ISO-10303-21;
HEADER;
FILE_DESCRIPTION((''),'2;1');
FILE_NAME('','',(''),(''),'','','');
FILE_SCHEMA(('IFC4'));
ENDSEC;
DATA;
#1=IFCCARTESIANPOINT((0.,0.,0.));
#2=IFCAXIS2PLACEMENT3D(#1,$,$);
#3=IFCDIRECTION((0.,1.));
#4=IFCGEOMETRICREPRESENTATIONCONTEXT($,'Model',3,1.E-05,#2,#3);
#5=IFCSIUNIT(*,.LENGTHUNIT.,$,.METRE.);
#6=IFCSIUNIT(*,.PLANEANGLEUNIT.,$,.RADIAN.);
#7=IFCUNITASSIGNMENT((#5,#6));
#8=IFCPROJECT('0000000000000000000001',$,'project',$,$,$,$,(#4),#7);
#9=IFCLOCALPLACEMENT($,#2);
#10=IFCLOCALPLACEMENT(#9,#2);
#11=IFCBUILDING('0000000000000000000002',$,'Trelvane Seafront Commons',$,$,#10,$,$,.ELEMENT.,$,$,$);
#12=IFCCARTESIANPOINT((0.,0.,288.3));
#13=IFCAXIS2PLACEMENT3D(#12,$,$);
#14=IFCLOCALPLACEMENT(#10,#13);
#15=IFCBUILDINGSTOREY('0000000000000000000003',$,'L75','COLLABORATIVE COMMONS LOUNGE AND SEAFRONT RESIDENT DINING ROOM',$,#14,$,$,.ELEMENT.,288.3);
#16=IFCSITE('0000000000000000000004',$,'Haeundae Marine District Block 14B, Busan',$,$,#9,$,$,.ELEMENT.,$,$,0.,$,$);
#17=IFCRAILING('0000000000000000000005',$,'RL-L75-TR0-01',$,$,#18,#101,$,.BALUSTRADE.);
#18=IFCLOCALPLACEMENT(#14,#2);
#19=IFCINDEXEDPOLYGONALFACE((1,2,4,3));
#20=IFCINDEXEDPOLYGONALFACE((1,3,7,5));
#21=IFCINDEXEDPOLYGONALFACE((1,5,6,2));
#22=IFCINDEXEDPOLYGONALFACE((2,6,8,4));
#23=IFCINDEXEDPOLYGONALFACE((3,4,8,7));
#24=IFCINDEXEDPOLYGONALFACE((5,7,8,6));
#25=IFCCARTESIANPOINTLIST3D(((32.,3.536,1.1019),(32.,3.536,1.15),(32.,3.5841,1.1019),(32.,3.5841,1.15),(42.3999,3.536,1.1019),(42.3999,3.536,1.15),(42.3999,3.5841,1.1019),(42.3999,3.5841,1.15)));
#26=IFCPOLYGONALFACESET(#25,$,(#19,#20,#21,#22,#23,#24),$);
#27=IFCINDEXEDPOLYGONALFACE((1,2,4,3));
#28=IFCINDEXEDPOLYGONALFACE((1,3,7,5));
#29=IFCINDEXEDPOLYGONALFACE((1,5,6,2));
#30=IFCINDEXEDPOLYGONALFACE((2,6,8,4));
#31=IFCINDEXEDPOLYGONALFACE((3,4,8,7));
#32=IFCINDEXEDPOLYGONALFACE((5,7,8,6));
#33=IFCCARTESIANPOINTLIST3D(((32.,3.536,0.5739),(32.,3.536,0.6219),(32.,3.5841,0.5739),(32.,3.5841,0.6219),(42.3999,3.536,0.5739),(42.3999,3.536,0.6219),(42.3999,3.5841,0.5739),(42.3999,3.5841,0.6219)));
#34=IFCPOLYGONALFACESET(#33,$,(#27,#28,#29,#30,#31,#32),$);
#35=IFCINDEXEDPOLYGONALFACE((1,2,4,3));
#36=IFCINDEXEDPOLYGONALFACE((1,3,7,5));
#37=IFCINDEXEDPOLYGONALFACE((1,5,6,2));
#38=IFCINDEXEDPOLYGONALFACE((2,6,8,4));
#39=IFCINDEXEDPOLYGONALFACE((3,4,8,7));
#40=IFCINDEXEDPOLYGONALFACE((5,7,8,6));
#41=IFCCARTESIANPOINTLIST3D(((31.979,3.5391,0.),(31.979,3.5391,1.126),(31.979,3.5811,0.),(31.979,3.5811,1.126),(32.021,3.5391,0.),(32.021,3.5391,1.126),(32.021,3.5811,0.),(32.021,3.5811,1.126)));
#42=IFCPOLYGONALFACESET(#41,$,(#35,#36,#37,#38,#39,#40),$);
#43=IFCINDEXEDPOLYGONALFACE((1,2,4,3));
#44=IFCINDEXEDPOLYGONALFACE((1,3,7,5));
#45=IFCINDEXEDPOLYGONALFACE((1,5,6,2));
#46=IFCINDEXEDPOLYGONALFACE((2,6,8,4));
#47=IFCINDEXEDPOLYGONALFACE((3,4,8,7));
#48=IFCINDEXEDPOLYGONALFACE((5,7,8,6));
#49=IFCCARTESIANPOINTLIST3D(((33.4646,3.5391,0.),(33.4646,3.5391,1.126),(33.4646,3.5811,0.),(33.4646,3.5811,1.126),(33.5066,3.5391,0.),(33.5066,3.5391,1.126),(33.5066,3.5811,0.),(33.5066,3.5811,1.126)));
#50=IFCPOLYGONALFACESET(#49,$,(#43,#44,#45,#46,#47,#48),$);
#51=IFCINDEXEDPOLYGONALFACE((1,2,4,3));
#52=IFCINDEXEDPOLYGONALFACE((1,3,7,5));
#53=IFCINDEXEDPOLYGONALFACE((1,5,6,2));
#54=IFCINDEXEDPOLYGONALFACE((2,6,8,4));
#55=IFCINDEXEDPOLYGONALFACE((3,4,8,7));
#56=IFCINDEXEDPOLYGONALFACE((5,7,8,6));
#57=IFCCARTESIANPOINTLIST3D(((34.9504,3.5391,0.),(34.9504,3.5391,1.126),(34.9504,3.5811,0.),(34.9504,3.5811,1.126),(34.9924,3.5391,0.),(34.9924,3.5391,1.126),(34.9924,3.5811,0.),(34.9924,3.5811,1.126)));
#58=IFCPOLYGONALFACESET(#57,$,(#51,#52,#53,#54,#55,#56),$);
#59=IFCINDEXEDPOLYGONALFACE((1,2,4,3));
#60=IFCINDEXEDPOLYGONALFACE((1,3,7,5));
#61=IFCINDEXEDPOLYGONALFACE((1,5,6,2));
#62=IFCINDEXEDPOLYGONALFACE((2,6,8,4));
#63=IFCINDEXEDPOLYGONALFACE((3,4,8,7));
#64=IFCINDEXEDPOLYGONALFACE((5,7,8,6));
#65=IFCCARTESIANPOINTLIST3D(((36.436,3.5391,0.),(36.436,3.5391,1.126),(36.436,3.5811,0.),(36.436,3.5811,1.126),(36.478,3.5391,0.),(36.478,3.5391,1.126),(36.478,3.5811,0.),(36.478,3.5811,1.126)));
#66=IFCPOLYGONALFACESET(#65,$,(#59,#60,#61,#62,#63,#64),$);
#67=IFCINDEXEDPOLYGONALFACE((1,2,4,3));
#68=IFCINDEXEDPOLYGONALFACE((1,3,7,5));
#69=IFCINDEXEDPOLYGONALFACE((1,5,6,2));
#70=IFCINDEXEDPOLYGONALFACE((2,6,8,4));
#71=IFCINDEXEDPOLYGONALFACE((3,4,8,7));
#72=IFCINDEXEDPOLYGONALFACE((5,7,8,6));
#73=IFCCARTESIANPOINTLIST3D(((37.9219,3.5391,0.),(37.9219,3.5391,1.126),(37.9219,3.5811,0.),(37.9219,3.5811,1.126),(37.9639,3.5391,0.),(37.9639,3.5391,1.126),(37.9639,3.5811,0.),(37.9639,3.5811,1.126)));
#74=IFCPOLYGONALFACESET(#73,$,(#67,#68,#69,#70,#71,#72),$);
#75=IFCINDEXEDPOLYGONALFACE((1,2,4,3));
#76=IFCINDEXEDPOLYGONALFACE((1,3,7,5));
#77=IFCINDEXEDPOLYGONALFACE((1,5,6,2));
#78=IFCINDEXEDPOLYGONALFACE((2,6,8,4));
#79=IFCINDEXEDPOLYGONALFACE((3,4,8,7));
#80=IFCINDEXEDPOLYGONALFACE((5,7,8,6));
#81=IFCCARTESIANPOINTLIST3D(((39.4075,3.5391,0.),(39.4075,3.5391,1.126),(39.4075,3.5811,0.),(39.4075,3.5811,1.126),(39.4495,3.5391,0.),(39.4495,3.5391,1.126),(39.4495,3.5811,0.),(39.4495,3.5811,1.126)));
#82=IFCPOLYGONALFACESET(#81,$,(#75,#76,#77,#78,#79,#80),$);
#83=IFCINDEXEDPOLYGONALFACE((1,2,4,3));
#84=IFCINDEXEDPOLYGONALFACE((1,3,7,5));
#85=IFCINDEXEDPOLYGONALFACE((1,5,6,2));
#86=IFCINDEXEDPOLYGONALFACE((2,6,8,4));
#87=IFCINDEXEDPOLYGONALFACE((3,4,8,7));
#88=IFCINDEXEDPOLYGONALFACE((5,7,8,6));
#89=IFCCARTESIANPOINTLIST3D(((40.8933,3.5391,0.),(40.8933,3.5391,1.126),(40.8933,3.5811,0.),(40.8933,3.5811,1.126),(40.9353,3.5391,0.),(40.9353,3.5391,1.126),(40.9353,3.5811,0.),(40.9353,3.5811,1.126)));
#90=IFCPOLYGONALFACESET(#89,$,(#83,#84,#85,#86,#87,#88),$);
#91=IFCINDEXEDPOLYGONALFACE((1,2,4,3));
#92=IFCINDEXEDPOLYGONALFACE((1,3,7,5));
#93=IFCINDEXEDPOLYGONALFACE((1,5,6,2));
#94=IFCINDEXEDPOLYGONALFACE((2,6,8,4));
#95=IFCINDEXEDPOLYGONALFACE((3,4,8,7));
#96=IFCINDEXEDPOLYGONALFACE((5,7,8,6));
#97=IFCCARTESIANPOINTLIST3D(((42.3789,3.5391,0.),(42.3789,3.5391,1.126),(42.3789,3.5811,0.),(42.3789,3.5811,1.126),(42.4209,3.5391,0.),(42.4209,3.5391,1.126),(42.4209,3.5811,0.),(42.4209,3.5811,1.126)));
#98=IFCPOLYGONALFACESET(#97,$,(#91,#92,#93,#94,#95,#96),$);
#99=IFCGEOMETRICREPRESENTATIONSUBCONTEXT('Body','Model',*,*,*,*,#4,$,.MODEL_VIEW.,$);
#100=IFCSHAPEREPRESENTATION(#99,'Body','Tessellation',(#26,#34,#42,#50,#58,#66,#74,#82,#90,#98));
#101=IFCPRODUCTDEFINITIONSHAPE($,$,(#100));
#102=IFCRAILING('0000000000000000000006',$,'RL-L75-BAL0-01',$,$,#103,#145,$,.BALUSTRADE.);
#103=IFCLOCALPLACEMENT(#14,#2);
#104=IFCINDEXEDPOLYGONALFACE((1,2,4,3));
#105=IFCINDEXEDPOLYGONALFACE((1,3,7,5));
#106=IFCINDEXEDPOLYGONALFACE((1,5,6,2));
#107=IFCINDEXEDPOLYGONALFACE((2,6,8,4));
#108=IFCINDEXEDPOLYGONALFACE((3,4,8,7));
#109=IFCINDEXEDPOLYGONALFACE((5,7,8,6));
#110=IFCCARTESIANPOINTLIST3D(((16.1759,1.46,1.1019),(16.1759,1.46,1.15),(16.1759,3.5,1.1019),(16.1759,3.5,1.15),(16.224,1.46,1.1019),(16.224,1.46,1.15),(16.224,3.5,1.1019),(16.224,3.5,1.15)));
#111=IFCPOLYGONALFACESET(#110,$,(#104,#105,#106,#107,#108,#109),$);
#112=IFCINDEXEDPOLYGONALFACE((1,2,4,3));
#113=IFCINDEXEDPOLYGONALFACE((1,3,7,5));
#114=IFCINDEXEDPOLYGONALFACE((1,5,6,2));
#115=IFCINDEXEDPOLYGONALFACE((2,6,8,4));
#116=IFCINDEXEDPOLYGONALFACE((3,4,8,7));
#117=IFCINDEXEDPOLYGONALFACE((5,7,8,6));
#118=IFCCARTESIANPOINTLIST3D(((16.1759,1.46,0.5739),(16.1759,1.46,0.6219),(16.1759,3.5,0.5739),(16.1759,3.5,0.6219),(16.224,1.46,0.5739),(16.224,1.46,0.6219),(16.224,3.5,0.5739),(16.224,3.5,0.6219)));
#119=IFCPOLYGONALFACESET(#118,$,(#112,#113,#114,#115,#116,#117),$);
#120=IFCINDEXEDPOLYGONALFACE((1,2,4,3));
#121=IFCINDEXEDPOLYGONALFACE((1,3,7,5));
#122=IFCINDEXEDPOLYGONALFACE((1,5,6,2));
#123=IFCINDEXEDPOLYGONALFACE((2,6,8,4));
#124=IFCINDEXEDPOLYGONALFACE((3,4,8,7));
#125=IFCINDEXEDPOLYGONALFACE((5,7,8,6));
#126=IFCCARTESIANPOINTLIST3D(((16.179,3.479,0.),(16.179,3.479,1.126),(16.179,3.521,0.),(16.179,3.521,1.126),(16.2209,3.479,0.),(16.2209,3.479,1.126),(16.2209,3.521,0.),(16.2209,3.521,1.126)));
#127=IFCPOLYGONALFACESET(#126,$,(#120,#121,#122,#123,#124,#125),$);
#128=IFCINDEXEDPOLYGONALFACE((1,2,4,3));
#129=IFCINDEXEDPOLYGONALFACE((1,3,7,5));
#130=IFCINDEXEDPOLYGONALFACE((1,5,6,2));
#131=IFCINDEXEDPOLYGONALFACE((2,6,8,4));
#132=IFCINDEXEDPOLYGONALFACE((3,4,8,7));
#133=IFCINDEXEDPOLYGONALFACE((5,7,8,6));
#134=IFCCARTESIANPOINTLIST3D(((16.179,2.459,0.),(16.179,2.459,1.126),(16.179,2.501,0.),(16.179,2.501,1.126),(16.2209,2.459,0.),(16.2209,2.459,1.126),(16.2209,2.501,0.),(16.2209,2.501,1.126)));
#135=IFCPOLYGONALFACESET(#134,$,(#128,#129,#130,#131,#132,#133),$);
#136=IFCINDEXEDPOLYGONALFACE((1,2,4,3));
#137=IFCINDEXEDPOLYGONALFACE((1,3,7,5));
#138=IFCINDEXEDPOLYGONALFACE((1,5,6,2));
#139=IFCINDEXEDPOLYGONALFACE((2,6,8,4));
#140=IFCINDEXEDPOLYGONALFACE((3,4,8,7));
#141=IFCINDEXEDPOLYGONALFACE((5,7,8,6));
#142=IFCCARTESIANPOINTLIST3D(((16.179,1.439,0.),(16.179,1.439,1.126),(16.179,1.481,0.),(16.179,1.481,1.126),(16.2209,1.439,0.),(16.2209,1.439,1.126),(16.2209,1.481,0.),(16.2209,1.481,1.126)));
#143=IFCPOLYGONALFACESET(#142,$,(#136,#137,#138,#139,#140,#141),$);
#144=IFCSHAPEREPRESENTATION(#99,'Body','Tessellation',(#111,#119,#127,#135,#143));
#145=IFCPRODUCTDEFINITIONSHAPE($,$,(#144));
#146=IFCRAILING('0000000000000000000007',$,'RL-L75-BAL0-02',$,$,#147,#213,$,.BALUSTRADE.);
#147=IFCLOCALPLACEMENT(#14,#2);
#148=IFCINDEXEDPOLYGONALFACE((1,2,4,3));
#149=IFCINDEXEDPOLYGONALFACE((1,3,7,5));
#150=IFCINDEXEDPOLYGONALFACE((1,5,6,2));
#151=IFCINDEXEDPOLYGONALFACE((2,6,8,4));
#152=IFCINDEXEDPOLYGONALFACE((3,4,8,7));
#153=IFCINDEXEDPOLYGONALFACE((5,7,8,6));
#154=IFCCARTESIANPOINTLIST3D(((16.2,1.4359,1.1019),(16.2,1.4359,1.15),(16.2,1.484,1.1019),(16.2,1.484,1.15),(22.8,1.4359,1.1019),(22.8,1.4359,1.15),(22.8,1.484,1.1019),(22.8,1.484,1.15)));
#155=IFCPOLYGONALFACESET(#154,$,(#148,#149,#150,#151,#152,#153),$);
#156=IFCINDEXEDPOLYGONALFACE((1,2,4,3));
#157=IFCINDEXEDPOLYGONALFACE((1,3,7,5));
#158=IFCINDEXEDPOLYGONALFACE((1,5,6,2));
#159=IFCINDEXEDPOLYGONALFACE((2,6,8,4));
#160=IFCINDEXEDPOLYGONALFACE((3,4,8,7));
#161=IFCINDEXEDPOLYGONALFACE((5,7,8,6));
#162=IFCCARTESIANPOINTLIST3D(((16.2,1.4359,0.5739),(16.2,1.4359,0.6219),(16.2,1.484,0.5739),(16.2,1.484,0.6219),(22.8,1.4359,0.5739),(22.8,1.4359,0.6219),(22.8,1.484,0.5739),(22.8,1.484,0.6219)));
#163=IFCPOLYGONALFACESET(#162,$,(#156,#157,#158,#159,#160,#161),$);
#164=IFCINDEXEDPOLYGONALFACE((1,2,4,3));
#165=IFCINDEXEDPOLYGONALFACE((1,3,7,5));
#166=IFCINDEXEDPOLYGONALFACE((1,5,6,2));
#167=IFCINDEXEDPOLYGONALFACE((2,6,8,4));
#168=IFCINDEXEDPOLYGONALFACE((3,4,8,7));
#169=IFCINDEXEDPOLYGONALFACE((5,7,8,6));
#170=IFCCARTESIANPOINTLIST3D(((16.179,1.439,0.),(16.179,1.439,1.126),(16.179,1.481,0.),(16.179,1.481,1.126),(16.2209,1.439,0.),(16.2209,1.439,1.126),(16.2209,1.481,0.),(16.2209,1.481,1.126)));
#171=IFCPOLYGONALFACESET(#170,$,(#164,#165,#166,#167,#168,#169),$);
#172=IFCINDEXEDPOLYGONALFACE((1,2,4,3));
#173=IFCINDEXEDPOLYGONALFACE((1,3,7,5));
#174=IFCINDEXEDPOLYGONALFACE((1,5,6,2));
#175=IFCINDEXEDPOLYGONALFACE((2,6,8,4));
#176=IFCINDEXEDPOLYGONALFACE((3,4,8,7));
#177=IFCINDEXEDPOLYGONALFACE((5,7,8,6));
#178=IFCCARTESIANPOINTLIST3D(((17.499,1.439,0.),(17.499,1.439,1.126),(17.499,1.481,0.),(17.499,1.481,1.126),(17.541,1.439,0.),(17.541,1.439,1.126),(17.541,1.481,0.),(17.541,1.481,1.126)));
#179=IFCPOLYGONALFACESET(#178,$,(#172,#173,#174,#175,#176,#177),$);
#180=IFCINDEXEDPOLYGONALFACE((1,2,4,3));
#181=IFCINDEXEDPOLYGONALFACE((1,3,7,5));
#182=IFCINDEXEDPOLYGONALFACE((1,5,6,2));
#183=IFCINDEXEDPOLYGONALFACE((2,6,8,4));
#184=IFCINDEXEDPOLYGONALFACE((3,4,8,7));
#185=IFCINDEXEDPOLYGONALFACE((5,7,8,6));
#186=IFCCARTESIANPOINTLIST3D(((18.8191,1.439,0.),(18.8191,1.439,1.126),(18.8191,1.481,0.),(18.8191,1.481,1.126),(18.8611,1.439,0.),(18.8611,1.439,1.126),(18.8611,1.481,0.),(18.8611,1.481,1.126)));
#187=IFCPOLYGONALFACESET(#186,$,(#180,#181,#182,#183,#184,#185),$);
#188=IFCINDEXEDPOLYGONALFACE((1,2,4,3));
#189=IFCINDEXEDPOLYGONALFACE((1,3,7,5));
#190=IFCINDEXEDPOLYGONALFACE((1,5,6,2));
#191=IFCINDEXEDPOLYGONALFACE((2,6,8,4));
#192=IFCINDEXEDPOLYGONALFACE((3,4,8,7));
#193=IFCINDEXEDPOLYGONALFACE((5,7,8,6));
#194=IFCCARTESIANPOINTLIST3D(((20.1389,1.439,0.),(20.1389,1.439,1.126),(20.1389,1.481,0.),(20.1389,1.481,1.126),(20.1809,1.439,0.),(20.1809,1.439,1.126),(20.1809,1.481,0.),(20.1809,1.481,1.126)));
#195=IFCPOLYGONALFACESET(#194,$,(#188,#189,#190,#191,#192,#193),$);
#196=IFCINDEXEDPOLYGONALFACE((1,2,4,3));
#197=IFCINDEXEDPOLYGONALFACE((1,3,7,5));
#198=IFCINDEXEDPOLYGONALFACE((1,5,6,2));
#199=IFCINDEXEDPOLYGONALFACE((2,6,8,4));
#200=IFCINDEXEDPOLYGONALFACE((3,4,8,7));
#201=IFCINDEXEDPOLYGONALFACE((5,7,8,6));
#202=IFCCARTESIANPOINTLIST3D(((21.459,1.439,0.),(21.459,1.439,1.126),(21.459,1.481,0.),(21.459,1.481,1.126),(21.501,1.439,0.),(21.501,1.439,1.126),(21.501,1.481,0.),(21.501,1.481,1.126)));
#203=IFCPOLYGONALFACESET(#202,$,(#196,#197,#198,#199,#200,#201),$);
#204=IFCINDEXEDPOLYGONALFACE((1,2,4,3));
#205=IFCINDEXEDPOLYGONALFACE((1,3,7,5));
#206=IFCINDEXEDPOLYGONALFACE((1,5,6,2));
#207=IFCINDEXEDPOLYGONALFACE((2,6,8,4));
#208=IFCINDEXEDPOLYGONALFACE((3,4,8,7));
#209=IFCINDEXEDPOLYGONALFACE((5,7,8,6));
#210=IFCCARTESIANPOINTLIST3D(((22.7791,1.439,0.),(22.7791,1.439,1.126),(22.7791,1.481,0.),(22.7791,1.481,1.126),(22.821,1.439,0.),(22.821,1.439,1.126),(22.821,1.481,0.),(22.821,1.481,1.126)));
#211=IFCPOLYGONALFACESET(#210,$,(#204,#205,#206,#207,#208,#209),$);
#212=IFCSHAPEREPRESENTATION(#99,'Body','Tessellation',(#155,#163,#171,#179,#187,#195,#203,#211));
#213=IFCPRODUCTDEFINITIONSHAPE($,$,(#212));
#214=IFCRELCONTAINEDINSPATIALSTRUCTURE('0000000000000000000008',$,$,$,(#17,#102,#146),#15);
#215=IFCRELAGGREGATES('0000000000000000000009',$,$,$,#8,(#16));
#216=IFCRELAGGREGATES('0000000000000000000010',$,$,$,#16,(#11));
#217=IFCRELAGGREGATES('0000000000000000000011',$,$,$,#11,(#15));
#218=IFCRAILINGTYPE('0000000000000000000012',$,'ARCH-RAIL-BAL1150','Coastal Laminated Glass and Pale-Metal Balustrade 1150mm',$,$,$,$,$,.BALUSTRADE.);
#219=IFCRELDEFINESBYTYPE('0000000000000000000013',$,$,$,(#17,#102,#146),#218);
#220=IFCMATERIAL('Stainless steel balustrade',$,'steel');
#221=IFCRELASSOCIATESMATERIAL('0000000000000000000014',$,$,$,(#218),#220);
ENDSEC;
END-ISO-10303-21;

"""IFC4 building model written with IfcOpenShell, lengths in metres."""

from ifc_helpers import new_model, si_unit, direction, frame, origin, origin_2d, place, context, subcontext, project, spatial, rectangle, extrude, material, type_object, element, save


model = new_model("IFC4")

# Units and contexts
model_context = context("Model", 3, precision=1e-05, world=origin(), true_north=direction((0.0, 1.0)))
body_context = subcontext(model_context, "Body", "Model", "MODEL_VIEW")
ifc_project = project(units=[si_unit("LENGTHUNIT", "METRE"), si_unit("PLANEANGLEUNIT", "RADIAN")], contexts=[model_context])

# Site, building, storey
site_placement = place(None, origin())
site = spatial("IfcSite", under=ifc_project, at=site_placement, Name="Haeundae Marine District Block 14B, Busan", CompositionType="ELEMENT", RefElevation=0.0)
building_placement = place(site_placement, origin())
building = spatial("IfcBuilding", under=site, at=building_placement, Name="Trelvane Seafront Commons", CompositionType="ELEMENT")
storey_placement = place(building_placement, frame((0.0, 0.0, 288.3)))
storey = spatial("IfcBuildingStorey", under=building, at=storey_placement, Name="L75", Description="COLLABORATIVE COMMONS LOUNGE AND SEAFRONT RESIDENT DINING ROOM", CompositionType="ELEMENT", Elevation=288.3)

# Railings
ifc_material_1 = material(Name="Stainless steel balustrade", Category="steel")
railing_type = type_object("IfcRailingType", Name="ARCH-RAIL-BAL1150", Description="Coastal Laminated Glass and Pale-Metal Balustrade 1150mm", PredefinedType="BALUSTRADE", material=ifc_material_1)
railing_1_placement = place(storey_placement, frame((32.0, 3.5601, 0.0)))
element("IfcRailing", 1, at=railing_1_placement, inside=storey, type_object=railing_type, Name="RL-L75-TR0-01", PredefinedType="BALUSTRADE", context=body_context, shape_type="SweptSolid", body=[
    extrude(rectangle(XDim=0.0481, YDim=0.0481, at=origin_2d()), frame((0.0, 0.0, 1.126), z_axis=(1.0, 0.0, 0.0), x_axis=(0.0, 1.0, 0.0)), (0.0, 0.0, 1.0), 10.3999),
    extrude(rectangle(XDim=0.0481, YDim=0.0481, at=origin_2d()), frame((0.0, 0.0, 0.5979), z_axis=(1.0, 0.0, 0.0), x_axis=(0.0, 1.0, 0.0)), (0.0, 0.0, 1.0), 10.3999),
    extrude(rectangle(XDim=0.042, YDim=0.042, at=origin_2d()), origin(), (0.0, 0.0, 1.0), 1.126),
    extrude(rectangle(XDim=0.042, YDim=0.042, at=origin_2d()), frame((1.4856, 0.0, 0.0)), (0.0, 0.0, 1.0), 1.126),
    extrude(rectangle(XDim=0.042, YDim=0.042, at=origin_2d()), frame((2.9714, 0.0, 0.0)), (0.0, 0.0, 1.0), 1.126),
    extrude(rectangle(XDim=0.042, YDim=0.042, at=origin_2d()), frame((4.457, 0.0, 0.0)), (0.0, 0.0, 1.0), 1.126),
    extrude(rectangle(XDim=0.042, YDim=0.042, at=origin_2d()), frame((5.9429, 0.0, 0.0)), (0.0, 0.0, 1.0), 1.126),
    extrude(rectangle(XDim=0.042, YDim=0.042, at=origin_2d()), frame((7.4285, 0.0, 0.0)), (0.0, 0.0, 1.0), 1.126),
    extrude(rectangle(XDim=0.042, YDim=0.042, at=origin_2d()), frame((8.9143, 0.0, 0.0)), (0.0, 0.0, 1.0), 1.126),
    extrude(rectangle(XDim=0.042, YDim=0.042, at=origin_2d()), frame((10.3999, 0.0, 0.0)), (0.0, 0.0, 1.0), 1.126),
])
railing_2_placement = place(storey_placement, frame((16.2, 3.5, 0.0)))
element("IfcRailing", 2, at=railing_2_placement, inside=storey, type_object=railing_type, Name="RL-L75-BAL0-01", PredefinedType="BALUSTRADE", context=body_context, shape_type="SweptSolid", body=[
    extrude(rectangle(XDim=0.0481, YDim=0.0481, at=origin_2d()), frame((0.0, 0.0, 1.126), z_axis=(0.0, -1.0, 0.0), x_axis=(1.0, 0.0, 0.0)), (0.0, 0.0, 1.0), 2.04),
    extrude(rectangle(XDim=0.0481, YDim=0.0481, at=origin_2d()), frame((0.0, 0.0, 0.5979), z_axis=(0.0, -1.0, 0.0), x_axis=(1.0, 0.0, 0.0)), (0.0, 0.0, 1.0), 2.04),
    extrude(rectangle(XDim=0.042, YDim=0.042, at=origin_2d()), origin(), (0.0, 0.0, 1.0), 1.126),
    extrude(rectangle(XDim=0.042, YDim=0.042, at=origin_2d()), frame((0.0, -1.02, 0.0)), (0.0, 0.0, 1.0), 1.126),
    extrude(rectangle(XDim=0.042, YDim=0.042, at=origin_2d()), frame((0.0, -2.04, 0.0)), (0.0, 0.0, 1.0), 1.126),
])
railing_3_placement = place(storey_placement, frame((16.2, 1.46, 0.0)))
element("IfcRailing", 3, at=railing_3_placement, inside=storey, type_object=railing_type, Name="RL-L75-BAL0-02", PredefinedType="BALUSTRADE", context=body_context, shape_type="SweptSolid", body=[
    extrude(rectangle(XDim=0.0481, YDim=0.0481, at=origin_2d()), frame((0.0, 0.0, 1.126), z_axis=(1.0, 0.0, 0.0), x_axis=(0.0, 1.0, 0.0)), (0.0, 0.0, 1.0), 6.6001),
    extrude(rectangle(XDim=0.0481, YDim=0.0481, at=origin_2d()), frame((0.0, 0.0, 0.5979), z_axis=(1.0, 0.0, 0.0), x_axis=(0.0, 1.0, 0.0)), (0.0, 0.0, 1.0), 6.6001),
    extrude(rectangle(XDim=0.042, YDim=0.042, at=origin_2d()), origin(), (0.0, 0.0, 1.0), 1.126),
    extrude(rectangle(XDim=0.042, YDim=0.042, at=origin_2d()), frame((1.3201, 0.0, 0.0)), (0.0, 0.0, 1.0), 1.126),
    extrude(rectangle(XDim=0.042, YDim=0.042, at=origin_2d()), frame((2.6401, 0.0, 0.0)), (0.0, 0.0, 1.0), 1.126),
    extrude(rectangle(XDim=0.042, YDim=0.042, at=origin_2d()), frame((3.96, 0.0, 0.0)), (0.0, 0.0, 1.0), 1.126),
    extrude(rectangle(XDim=0.042, YDim=0.042, at=origin_2d()), frame((5.28, 0.0, 0.0)), (0.0, 0.0, 1.0), 1.126),
    extrude(rectangle(XDim=0.042, YDim=0.042, at=origin_2d()), frame((6.6001, 0.0, 0.0)), (0.0, 0.0, 1.0), 1.126),
])

save(model, "model.ifc")
